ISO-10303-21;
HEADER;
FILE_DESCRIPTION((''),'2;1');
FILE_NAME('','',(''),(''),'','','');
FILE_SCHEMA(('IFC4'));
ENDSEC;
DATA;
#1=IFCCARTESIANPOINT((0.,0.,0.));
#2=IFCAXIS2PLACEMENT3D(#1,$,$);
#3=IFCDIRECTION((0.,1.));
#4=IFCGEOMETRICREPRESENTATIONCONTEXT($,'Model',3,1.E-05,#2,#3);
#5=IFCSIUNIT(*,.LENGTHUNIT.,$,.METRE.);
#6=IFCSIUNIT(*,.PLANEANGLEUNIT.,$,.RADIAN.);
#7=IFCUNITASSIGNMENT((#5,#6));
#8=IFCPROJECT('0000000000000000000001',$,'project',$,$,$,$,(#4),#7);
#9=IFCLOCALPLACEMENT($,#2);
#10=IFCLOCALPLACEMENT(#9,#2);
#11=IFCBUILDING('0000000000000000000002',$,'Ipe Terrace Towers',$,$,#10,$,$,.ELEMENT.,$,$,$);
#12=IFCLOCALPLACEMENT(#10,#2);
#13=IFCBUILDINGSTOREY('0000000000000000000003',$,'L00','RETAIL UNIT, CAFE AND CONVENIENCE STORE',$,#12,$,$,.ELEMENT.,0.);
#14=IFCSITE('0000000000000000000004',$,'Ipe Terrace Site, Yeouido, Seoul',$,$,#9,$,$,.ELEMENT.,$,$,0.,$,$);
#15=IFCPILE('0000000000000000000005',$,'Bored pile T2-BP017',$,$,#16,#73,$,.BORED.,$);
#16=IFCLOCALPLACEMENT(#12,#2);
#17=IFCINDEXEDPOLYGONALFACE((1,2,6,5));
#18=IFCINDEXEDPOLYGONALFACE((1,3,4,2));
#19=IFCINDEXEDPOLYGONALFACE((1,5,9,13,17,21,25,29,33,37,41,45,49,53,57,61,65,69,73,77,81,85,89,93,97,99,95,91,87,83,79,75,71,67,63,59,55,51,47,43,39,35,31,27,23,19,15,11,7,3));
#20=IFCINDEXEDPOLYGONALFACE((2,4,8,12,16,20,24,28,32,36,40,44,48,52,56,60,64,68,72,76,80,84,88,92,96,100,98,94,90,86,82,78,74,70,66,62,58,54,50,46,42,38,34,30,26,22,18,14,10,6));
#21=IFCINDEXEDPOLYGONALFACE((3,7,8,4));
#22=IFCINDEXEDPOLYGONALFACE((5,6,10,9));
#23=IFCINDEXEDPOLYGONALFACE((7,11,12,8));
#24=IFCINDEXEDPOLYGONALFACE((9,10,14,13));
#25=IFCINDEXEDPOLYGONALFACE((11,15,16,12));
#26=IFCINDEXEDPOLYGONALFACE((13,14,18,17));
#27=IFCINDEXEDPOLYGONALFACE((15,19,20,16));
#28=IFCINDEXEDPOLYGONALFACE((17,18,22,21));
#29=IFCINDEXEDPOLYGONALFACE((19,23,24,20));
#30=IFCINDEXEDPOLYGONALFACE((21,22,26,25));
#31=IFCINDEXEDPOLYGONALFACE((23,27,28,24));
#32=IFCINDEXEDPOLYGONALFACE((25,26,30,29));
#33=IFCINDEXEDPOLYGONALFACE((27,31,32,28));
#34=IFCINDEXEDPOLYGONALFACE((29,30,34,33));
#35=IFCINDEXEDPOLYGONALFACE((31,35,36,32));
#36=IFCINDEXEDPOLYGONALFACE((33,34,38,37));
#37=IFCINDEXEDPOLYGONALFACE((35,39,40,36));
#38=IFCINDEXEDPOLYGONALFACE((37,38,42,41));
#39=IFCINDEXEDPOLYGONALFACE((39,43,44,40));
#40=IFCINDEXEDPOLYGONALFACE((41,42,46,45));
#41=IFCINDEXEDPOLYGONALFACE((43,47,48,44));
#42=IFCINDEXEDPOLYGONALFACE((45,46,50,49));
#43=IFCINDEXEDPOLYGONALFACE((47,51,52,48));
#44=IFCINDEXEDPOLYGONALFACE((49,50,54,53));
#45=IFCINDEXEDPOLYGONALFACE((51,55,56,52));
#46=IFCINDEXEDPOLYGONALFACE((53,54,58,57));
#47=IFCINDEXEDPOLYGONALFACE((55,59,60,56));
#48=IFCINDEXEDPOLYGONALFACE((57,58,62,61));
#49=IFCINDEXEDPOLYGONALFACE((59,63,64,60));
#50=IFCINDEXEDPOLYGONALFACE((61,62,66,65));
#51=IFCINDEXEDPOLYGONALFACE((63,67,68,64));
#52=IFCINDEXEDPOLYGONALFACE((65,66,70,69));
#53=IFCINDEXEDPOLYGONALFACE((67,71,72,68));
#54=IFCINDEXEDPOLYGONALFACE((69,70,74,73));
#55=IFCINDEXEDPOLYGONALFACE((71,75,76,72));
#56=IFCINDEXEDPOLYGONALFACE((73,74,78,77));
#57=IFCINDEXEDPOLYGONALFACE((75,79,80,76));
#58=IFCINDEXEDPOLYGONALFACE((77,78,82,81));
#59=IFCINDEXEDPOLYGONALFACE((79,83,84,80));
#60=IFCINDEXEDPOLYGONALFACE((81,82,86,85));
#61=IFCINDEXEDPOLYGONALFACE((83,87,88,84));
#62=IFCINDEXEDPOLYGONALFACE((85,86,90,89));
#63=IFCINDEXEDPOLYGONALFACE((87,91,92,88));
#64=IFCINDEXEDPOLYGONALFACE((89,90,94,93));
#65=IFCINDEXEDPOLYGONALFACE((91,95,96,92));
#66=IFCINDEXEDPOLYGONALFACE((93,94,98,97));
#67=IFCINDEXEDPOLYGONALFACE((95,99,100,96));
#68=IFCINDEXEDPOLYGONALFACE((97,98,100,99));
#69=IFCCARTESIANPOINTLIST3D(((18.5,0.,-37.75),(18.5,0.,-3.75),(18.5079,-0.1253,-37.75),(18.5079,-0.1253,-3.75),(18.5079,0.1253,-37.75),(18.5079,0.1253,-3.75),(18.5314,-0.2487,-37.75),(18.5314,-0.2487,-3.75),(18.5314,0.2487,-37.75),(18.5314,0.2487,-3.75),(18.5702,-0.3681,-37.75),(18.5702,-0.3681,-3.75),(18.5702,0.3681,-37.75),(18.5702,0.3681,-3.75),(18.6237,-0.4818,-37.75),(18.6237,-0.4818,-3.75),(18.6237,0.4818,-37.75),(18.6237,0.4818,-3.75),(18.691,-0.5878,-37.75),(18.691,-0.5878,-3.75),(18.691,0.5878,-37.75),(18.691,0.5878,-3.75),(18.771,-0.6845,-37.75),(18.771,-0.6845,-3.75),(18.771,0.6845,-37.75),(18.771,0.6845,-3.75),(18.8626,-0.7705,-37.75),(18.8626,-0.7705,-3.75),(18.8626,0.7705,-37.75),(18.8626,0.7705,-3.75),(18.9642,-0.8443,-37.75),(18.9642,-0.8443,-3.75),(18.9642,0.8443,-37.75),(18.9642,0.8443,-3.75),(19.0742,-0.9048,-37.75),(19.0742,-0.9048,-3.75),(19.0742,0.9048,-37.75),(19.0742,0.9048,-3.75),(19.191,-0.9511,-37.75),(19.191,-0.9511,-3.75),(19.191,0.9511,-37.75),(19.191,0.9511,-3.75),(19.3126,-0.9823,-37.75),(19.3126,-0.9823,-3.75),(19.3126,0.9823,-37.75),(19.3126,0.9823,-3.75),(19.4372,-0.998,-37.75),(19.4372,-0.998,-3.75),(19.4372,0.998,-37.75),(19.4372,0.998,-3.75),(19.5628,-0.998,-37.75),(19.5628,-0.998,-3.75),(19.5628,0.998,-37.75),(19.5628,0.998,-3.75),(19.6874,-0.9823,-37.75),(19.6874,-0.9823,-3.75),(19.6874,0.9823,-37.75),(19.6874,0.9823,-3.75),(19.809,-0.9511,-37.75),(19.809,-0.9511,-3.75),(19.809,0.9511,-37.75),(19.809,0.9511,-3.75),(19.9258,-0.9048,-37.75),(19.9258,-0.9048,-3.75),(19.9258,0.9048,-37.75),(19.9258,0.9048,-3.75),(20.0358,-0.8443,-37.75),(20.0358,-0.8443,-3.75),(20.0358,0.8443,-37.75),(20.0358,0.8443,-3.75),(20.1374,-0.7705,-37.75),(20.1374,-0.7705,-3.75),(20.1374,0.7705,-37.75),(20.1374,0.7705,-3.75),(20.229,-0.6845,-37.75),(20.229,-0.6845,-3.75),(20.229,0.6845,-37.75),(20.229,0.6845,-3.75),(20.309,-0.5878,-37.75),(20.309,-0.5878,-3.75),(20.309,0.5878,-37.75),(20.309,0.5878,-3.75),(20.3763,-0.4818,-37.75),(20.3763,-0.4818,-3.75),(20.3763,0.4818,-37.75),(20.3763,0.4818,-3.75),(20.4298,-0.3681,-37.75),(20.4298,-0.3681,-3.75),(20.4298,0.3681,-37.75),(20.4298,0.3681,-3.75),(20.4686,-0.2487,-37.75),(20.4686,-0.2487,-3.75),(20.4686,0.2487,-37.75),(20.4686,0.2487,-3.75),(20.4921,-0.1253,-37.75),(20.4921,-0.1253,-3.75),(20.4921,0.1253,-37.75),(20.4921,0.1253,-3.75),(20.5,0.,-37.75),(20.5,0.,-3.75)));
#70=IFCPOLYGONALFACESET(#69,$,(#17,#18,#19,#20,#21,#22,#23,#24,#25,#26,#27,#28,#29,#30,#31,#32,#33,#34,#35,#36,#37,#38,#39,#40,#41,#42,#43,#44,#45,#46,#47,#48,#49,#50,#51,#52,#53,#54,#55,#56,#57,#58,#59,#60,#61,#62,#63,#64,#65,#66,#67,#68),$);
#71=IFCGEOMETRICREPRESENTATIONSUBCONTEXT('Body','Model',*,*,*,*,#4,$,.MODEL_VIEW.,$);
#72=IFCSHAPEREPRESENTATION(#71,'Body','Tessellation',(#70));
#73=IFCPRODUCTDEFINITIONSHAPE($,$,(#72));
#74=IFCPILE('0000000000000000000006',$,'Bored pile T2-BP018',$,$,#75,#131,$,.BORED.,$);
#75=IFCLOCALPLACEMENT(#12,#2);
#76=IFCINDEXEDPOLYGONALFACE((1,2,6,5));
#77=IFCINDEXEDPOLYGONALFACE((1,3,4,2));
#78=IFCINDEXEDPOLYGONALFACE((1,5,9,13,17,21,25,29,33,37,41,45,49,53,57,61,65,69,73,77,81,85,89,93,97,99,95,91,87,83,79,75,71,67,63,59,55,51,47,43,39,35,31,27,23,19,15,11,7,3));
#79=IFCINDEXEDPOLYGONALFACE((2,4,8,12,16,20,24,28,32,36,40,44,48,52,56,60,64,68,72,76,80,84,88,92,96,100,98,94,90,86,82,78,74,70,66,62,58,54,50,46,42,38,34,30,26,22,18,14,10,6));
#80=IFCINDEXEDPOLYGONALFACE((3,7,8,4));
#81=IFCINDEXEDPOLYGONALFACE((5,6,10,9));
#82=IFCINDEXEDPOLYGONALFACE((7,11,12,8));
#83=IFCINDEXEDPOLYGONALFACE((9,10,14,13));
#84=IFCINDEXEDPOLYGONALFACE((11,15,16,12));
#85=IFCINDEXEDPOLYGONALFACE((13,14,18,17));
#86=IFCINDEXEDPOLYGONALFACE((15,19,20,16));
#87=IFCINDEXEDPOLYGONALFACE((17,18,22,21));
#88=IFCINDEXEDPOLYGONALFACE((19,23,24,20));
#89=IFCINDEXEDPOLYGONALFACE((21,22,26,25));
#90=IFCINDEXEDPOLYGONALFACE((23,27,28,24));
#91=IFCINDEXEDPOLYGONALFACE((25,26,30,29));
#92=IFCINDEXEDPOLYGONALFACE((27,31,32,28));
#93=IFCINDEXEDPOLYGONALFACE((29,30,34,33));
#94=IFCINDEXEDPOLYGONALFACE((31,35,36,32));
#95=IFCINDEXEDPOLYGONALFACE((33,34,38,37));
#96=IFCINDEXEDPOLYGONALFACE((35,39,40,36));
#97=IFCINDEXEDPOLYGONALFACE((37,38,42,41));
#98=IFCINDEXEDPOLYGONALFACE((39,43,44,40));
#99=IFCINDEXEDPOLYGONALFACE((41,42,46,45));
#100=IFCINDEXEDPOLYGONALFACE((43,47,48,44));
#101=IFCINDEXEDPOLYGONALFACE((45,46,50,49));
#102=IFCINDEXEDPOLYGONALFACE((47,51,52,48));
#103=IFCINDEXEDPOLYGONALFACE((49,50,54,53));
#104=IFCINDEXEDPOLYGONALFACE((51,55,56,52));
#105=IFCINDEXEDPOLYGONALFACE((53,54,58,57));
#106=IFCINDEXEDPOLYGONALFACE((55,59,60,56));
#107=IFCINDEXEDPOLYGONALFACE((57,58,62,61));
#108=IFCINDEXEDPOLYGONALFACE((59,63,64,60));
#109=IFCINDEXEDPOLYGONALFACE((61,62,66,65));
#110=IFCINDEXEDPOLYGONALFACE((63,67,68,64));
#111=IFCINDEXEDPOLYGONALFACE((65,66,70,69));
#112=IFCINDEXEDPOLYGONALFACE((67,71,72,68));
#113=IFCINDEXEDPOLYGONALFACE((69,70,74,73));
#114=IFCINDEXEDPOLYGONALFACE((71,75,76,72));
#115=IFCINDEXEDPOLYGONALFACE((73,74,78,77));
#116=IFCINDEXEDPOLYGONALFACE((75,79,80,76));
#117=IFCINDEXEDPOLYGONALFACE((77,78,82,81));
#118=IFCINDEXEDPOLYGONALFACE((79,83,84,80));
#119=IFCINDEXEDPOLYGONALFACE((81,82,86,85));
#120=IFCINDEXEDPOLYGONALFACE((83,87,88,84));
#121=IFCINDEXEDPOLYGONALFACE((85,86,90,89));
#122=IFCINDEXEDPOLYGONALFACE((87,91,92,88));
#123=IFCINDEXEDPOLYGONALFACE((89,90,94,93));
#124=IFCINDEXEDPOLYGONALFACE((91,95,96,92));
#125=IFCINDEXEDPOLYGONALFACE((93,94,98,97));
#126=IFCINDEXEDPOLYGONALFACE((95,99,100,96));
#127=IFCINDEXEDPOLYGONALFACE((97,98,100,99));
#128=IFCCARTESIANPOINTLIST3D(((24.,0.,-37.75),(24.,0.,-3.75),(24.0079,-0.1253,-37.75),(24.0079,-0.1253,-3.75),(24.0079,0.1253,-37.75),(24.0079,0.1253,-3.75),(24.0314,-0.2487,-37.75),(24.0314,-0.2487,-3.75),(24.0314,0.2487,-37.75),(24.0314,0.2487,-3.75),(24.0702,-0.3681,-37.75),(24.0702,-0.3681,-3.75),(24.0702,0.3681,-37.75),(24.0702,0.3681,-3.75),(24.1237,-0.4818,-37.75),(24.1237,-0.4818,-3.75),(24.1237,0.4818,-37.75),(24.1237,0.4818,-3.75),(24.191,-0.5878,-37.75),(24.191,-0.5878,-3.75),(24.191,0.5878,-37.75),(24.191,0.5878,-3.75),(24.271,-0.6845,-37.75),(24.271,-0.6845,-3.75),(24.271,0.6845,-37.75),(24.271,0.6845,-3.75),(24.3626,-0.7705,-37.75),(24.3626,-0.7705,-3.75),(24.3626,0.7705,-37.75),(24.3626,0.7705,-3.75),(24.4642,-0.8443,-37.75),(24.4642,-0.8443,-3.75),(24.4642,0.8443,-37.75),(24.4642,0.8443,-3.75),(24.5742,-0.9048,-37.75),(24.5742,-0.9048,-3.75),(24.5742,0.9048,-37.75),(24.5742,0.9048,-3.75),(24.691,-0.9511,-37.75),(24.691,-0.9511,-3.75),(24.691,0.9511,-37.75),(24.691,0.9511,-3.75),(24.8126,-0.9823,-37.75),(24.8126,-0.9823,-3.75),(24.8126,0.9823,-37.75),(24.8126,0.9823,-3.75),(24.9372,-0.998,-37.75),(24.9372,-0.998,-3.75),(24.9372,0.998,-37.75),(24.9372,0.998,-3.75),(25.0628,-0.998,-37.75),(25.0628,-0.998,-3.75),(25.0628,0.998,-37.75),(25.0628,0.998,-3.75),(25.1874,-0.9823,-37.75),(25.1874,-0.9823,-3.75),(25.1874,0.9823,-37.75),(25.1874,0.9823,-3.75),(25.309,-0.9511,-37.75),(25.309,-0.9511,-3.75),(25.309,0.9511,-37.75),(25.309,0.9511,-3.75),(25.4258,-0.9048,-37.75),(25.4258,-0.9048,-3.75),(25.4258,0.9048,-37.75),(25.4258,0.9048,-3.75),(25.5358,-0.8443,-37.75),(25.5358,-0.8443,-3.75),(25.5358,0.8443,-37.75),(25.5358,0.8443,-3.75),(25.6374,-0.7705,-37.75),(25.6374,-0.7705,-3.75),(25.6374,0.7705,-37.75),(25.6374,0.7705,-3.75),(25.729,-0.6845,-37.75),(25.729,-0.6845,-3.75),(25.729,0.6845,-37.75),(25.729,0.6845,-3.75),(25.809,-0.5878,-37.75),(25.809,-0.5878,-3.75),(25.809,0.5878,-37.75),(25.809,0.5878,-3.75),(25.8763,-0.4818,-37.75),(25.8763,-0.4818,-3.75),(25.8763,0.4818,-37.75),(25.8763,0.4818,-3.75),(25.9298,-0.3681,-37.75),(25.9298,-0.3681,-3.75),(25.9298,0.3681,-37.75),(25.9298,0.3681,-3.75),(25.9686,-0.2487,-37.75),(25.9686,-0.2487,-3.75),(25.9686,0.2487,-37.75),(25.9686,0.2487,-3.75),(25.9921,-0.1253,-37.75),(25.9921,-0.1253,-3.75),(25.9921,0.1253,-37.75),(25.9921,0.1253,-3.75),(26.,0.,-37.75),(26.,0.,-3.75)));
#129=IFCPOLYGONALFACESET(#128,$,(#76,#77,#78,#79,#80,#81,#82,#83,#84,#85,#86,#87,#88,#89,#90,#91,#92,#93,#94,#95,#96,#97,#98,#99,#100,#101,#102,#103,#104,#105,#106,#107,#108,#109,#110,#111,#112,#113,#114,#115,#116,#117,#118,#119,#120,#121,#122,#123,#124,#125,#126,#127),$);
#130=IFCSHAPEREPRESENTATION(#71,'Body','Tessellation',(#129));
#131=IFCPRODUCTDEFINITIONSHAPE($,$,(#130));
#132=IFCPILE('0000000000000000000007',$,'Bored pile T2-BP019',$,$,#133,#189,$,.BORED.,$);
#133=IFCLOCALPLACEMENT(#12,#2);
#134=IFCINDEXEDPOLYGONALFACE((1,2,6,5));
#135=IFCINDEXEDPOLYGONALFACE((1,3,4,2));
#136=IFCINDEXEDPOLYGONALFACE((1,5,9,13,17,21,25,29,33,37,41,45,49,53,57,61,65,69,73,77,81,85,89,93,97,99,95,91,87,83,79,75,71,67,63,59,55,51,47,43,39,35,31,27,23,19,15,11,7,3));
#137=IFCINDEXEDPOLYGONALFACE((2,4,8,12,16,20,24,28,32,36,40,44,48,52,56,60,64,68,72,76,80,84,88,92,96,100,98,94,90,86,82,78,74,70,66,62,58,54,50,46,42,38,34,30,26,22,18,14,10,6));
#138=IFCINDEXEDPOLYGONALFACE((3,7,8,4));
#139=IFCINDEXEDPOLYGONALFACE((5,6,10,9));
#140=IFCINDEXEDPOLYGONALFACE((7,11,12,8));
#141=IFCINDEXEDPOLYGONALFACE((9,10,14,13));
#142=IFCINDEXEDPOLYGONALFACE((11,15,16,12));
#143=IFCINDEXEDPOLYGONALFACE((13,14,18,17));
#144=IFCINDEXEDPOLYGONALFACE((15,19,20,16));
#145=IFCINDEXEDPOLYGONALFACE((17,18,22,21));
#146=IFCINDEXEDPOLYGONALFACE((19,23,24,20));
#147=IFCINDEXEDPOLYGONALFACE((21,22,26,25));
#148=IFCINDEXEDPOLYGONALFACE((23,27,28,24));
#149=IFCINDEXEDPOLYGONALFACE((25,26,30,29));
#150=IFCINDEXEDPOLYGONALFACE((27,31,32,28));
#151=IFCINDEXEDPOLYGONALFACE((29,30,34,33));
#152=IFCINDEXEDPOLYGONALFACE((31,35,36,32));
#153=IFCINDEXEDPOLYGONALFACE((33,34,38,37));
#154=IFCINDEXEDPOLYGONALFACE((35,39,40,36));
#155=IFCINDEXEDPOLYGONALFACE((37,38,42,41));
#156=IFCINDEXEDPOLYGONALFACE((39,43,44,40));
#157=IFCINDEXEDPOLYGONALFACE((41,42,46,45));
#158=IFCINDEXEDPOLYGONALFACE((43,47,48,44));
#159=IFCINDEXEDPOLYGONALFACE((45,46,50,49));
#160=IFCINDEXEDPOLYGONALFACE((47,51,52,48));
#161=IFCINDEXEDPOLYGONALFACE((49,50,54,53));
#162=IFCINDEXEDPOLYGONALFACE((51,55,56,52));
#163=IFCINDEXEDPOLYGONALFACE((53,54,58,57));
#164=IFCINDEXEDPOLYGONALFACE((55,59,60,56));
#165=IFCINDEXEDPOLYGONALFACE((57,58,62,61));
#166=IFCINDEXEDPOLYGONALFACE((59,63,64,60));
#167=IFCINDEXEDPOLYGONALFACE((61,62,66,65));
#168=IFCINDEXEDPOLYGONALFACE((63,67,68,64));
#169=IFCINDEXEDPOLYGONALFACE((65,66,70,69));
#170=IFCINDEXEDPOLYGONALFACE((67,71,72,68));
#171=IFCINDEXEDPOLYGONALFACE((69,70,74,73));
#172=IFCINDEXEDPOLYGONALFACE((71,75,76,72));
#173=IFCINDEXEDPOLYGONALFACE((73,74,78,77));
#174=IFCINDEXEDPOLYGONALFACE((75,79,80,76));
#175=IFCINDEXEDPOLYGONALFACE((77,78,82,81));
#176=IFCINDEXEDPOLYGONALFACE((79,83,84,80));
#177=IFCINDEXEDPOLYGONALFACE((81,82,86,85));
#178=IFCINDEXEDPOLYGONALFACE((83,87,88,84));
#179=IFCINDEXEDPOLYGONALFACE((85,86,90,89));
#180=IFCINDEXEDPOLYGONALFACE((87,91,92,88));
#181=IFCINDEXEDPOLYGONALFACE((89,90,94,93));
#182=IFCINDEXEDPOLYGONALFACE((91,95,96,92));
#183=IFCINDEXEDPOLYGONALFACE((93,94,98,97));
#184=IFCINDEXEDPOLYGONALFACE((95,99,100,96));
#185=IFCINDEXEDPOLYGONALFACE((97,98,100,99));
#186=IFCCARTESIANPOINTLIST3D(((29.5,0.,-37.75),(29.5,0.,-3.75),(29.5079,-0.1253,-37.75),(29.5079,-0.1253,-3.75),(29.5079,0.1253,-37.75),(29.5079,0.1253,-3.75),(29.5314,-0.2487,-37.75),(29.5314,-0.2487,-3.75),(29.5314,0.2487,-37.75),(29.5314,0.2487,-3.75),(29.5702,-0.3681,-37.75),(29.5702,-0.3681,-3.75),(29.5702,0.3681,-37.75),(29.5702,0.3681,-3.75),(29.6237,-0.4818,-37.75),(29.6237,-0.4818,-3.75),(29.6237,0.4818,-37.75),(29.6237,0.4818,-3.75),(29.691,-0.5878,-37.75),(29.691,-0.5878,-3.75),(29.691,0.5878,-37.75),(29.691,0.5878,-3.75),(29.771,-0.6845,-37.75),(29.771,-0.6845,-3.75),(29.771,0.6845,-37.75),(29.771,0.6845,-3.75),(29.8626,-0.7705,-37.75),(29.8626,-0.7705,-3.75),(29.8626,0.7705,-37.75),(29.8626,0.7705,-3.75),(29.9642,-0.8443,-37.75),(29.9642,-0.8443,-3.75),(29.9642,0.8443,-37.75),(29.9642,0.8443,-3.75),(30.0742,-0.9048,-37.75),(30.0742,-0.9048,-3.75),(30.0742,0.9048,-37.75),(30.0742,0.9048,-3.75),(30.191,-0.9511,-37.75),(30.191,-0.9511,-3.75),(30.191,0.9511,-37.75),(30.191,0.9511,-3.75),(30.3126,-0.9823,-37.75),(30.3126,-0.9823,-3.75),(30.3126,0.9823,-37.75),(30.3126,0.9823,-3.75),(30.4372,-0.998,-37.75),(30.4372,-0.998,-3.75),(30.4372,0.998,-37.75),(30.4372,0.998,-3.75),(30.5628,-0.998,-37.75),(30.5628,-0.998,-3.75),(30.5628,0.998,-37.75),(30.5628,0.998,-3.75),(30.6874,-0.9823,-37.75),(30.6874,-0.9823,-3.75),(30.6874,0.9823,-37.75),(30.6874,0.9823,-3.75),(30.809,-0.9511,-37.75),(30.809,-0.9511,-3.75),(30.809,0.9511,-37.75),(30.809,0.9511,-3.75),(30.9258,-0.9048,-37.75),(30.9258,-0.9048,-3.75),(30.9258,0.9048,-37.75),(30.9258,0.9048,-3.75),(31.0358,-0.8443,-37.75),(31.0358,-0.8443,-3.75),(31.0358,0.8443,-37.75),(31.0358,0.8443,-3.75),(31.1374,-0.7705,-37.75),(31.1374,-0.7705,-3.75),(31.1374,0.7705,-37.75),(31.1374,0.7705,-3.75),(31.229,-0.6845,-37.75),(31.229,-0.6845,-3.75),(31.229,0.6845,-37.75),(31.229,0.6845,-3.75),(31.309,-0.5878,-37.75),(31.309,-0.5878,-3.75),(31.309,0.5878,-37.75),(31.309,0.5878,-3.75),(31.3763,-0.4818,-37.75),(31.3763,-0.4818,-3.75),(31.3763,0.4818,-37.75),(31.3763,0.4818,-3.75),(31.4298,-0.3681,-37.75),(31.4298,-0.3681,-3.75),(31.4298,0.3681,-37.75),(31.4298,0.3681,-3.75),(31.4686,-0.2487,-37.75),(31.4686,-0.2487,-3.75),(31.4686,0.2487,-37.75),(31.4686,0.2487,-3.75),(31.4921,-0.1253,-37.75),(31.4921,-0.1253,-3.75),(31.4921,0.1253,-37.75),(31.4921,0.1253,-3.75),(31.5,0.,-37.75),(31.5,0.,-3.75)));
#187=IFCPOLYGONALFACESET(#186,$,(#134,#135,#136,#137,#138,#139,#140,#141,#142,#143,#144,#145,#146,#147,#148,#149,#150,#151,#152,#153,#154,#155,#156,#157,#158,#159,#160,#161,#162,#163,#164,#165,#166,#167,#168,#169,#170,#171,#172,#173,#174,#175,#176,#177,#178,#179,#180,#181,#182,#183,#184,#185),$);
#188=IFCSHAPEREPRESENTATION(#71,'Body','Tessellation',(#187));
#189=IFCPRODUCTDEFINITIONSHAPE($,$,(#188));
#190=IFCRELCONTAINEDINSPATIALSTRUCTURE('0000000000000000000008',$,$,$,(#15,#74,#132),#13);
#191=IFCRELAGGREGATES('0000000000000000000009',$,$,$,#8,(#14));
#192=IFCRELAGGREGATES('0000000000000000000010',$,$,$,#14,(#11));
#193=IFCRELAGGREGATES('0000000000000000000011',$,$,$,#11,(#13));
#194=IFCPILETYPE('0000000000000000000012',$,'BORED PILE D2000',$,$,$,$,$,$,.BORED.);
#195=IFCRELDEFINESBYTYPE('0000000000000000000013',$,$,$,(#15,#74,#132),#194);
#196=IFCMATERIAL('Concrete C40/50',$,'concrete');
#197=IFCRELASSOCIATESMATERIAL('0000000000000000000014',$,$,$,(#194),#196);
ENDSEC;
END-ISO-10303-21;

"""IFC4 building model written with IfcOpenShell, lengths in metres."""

from ifc_helpers import new_model, si_unit, direction, frame, origin, origin_2d, place, context, subcontext, project, spatial, circle, extrude, material, material_profile, profile_set, type_object, element, save


model = new_model("IFC4")

# Units and contexts
model_context = context("Model", 3, precision=1e-05, world=origin(), true_north=direction((0.0, 1.0)))
body_context = subcontext(model_context, "Body", "Model", "MODEL_VIEW")
ifc_project = project(units=[si_unit("LENGTHUNIT", "METRE"), si_unit("PLANEANGLEUNIT", "RADIAN")], contexts=[model_context])

# Site, building, storey
site_placement = place(None, origin())
site = spatial("IfcSite", under=ifc_project, at=site_placement, Name="Ipe Terrace Site, Yeouido, Seoul", CompositionType="ELEMENT", RefElevation=0.0)
building_placement = place(site_placement, origin())
building = spatial("IfcBuilding", under=site, at=building_placement, Name="Ipe Terrace Towers", CompositionType="ELEMENT")
storey_placement = place(building_placement, origin())
storey = spatial("IfcBuildingStorey", under=building, at=storey_placement, Name="L00", Description="RETAIL UNIT, CAFE AND CONVENIENCE STORE", CompositionType="ELEMENT", Elevation=0.0)

# Piles
ifc_material_1 = material(Name="Concrete C40/50", Category="concrete")
ifc_material_profile_1 = material_profile(ifc_material_1, circle(Radius=1.0, at=origin_2d()), Name="BORED PILE D2000")
ifc_profile_set_1 = profile_set([ifc_material_profile_1], Name="Concrete C40/50")
pile_type = type_object("IfcPileType", Name="BORED PILE D2000", PredefinedType="BORED", material=ifc_profile_set_1)
for number, where, z_axis, x_axis, name in (
    (1, (19.5, 0.0, -3.75), (0.0, 0.0, -1.0), (1.0, 0.0, 0.0), "Bored pile T2-BP017"),
    (2, (25.0, 0.0, -3.75), (0.0, 0.0, -1.0), (1.0, 0.0, 0.0), "Bored pile T2-BP018"),
    (3, (30.5, 0.0, -3.75), (0.0, 0.0, -1.0), (1.0, 0.0, 0.0), "Bored pile T2-BP019"),
):
    element("IfcPile", number, at=place(storey_placement, frame(where, z_axis=z_axis, x_axis=x_axis)), inside=storey, type_object=pile_type, Name=name, PredefinedType="BORED", context=body_context, shape_type="SweptSolid", body=[
        extrude(circle(Radius=1.0, at=origin_2d()), origin(), (0.0, 0.0, 1.0), 34.0),
    ])

save(model, "model.ifc")
